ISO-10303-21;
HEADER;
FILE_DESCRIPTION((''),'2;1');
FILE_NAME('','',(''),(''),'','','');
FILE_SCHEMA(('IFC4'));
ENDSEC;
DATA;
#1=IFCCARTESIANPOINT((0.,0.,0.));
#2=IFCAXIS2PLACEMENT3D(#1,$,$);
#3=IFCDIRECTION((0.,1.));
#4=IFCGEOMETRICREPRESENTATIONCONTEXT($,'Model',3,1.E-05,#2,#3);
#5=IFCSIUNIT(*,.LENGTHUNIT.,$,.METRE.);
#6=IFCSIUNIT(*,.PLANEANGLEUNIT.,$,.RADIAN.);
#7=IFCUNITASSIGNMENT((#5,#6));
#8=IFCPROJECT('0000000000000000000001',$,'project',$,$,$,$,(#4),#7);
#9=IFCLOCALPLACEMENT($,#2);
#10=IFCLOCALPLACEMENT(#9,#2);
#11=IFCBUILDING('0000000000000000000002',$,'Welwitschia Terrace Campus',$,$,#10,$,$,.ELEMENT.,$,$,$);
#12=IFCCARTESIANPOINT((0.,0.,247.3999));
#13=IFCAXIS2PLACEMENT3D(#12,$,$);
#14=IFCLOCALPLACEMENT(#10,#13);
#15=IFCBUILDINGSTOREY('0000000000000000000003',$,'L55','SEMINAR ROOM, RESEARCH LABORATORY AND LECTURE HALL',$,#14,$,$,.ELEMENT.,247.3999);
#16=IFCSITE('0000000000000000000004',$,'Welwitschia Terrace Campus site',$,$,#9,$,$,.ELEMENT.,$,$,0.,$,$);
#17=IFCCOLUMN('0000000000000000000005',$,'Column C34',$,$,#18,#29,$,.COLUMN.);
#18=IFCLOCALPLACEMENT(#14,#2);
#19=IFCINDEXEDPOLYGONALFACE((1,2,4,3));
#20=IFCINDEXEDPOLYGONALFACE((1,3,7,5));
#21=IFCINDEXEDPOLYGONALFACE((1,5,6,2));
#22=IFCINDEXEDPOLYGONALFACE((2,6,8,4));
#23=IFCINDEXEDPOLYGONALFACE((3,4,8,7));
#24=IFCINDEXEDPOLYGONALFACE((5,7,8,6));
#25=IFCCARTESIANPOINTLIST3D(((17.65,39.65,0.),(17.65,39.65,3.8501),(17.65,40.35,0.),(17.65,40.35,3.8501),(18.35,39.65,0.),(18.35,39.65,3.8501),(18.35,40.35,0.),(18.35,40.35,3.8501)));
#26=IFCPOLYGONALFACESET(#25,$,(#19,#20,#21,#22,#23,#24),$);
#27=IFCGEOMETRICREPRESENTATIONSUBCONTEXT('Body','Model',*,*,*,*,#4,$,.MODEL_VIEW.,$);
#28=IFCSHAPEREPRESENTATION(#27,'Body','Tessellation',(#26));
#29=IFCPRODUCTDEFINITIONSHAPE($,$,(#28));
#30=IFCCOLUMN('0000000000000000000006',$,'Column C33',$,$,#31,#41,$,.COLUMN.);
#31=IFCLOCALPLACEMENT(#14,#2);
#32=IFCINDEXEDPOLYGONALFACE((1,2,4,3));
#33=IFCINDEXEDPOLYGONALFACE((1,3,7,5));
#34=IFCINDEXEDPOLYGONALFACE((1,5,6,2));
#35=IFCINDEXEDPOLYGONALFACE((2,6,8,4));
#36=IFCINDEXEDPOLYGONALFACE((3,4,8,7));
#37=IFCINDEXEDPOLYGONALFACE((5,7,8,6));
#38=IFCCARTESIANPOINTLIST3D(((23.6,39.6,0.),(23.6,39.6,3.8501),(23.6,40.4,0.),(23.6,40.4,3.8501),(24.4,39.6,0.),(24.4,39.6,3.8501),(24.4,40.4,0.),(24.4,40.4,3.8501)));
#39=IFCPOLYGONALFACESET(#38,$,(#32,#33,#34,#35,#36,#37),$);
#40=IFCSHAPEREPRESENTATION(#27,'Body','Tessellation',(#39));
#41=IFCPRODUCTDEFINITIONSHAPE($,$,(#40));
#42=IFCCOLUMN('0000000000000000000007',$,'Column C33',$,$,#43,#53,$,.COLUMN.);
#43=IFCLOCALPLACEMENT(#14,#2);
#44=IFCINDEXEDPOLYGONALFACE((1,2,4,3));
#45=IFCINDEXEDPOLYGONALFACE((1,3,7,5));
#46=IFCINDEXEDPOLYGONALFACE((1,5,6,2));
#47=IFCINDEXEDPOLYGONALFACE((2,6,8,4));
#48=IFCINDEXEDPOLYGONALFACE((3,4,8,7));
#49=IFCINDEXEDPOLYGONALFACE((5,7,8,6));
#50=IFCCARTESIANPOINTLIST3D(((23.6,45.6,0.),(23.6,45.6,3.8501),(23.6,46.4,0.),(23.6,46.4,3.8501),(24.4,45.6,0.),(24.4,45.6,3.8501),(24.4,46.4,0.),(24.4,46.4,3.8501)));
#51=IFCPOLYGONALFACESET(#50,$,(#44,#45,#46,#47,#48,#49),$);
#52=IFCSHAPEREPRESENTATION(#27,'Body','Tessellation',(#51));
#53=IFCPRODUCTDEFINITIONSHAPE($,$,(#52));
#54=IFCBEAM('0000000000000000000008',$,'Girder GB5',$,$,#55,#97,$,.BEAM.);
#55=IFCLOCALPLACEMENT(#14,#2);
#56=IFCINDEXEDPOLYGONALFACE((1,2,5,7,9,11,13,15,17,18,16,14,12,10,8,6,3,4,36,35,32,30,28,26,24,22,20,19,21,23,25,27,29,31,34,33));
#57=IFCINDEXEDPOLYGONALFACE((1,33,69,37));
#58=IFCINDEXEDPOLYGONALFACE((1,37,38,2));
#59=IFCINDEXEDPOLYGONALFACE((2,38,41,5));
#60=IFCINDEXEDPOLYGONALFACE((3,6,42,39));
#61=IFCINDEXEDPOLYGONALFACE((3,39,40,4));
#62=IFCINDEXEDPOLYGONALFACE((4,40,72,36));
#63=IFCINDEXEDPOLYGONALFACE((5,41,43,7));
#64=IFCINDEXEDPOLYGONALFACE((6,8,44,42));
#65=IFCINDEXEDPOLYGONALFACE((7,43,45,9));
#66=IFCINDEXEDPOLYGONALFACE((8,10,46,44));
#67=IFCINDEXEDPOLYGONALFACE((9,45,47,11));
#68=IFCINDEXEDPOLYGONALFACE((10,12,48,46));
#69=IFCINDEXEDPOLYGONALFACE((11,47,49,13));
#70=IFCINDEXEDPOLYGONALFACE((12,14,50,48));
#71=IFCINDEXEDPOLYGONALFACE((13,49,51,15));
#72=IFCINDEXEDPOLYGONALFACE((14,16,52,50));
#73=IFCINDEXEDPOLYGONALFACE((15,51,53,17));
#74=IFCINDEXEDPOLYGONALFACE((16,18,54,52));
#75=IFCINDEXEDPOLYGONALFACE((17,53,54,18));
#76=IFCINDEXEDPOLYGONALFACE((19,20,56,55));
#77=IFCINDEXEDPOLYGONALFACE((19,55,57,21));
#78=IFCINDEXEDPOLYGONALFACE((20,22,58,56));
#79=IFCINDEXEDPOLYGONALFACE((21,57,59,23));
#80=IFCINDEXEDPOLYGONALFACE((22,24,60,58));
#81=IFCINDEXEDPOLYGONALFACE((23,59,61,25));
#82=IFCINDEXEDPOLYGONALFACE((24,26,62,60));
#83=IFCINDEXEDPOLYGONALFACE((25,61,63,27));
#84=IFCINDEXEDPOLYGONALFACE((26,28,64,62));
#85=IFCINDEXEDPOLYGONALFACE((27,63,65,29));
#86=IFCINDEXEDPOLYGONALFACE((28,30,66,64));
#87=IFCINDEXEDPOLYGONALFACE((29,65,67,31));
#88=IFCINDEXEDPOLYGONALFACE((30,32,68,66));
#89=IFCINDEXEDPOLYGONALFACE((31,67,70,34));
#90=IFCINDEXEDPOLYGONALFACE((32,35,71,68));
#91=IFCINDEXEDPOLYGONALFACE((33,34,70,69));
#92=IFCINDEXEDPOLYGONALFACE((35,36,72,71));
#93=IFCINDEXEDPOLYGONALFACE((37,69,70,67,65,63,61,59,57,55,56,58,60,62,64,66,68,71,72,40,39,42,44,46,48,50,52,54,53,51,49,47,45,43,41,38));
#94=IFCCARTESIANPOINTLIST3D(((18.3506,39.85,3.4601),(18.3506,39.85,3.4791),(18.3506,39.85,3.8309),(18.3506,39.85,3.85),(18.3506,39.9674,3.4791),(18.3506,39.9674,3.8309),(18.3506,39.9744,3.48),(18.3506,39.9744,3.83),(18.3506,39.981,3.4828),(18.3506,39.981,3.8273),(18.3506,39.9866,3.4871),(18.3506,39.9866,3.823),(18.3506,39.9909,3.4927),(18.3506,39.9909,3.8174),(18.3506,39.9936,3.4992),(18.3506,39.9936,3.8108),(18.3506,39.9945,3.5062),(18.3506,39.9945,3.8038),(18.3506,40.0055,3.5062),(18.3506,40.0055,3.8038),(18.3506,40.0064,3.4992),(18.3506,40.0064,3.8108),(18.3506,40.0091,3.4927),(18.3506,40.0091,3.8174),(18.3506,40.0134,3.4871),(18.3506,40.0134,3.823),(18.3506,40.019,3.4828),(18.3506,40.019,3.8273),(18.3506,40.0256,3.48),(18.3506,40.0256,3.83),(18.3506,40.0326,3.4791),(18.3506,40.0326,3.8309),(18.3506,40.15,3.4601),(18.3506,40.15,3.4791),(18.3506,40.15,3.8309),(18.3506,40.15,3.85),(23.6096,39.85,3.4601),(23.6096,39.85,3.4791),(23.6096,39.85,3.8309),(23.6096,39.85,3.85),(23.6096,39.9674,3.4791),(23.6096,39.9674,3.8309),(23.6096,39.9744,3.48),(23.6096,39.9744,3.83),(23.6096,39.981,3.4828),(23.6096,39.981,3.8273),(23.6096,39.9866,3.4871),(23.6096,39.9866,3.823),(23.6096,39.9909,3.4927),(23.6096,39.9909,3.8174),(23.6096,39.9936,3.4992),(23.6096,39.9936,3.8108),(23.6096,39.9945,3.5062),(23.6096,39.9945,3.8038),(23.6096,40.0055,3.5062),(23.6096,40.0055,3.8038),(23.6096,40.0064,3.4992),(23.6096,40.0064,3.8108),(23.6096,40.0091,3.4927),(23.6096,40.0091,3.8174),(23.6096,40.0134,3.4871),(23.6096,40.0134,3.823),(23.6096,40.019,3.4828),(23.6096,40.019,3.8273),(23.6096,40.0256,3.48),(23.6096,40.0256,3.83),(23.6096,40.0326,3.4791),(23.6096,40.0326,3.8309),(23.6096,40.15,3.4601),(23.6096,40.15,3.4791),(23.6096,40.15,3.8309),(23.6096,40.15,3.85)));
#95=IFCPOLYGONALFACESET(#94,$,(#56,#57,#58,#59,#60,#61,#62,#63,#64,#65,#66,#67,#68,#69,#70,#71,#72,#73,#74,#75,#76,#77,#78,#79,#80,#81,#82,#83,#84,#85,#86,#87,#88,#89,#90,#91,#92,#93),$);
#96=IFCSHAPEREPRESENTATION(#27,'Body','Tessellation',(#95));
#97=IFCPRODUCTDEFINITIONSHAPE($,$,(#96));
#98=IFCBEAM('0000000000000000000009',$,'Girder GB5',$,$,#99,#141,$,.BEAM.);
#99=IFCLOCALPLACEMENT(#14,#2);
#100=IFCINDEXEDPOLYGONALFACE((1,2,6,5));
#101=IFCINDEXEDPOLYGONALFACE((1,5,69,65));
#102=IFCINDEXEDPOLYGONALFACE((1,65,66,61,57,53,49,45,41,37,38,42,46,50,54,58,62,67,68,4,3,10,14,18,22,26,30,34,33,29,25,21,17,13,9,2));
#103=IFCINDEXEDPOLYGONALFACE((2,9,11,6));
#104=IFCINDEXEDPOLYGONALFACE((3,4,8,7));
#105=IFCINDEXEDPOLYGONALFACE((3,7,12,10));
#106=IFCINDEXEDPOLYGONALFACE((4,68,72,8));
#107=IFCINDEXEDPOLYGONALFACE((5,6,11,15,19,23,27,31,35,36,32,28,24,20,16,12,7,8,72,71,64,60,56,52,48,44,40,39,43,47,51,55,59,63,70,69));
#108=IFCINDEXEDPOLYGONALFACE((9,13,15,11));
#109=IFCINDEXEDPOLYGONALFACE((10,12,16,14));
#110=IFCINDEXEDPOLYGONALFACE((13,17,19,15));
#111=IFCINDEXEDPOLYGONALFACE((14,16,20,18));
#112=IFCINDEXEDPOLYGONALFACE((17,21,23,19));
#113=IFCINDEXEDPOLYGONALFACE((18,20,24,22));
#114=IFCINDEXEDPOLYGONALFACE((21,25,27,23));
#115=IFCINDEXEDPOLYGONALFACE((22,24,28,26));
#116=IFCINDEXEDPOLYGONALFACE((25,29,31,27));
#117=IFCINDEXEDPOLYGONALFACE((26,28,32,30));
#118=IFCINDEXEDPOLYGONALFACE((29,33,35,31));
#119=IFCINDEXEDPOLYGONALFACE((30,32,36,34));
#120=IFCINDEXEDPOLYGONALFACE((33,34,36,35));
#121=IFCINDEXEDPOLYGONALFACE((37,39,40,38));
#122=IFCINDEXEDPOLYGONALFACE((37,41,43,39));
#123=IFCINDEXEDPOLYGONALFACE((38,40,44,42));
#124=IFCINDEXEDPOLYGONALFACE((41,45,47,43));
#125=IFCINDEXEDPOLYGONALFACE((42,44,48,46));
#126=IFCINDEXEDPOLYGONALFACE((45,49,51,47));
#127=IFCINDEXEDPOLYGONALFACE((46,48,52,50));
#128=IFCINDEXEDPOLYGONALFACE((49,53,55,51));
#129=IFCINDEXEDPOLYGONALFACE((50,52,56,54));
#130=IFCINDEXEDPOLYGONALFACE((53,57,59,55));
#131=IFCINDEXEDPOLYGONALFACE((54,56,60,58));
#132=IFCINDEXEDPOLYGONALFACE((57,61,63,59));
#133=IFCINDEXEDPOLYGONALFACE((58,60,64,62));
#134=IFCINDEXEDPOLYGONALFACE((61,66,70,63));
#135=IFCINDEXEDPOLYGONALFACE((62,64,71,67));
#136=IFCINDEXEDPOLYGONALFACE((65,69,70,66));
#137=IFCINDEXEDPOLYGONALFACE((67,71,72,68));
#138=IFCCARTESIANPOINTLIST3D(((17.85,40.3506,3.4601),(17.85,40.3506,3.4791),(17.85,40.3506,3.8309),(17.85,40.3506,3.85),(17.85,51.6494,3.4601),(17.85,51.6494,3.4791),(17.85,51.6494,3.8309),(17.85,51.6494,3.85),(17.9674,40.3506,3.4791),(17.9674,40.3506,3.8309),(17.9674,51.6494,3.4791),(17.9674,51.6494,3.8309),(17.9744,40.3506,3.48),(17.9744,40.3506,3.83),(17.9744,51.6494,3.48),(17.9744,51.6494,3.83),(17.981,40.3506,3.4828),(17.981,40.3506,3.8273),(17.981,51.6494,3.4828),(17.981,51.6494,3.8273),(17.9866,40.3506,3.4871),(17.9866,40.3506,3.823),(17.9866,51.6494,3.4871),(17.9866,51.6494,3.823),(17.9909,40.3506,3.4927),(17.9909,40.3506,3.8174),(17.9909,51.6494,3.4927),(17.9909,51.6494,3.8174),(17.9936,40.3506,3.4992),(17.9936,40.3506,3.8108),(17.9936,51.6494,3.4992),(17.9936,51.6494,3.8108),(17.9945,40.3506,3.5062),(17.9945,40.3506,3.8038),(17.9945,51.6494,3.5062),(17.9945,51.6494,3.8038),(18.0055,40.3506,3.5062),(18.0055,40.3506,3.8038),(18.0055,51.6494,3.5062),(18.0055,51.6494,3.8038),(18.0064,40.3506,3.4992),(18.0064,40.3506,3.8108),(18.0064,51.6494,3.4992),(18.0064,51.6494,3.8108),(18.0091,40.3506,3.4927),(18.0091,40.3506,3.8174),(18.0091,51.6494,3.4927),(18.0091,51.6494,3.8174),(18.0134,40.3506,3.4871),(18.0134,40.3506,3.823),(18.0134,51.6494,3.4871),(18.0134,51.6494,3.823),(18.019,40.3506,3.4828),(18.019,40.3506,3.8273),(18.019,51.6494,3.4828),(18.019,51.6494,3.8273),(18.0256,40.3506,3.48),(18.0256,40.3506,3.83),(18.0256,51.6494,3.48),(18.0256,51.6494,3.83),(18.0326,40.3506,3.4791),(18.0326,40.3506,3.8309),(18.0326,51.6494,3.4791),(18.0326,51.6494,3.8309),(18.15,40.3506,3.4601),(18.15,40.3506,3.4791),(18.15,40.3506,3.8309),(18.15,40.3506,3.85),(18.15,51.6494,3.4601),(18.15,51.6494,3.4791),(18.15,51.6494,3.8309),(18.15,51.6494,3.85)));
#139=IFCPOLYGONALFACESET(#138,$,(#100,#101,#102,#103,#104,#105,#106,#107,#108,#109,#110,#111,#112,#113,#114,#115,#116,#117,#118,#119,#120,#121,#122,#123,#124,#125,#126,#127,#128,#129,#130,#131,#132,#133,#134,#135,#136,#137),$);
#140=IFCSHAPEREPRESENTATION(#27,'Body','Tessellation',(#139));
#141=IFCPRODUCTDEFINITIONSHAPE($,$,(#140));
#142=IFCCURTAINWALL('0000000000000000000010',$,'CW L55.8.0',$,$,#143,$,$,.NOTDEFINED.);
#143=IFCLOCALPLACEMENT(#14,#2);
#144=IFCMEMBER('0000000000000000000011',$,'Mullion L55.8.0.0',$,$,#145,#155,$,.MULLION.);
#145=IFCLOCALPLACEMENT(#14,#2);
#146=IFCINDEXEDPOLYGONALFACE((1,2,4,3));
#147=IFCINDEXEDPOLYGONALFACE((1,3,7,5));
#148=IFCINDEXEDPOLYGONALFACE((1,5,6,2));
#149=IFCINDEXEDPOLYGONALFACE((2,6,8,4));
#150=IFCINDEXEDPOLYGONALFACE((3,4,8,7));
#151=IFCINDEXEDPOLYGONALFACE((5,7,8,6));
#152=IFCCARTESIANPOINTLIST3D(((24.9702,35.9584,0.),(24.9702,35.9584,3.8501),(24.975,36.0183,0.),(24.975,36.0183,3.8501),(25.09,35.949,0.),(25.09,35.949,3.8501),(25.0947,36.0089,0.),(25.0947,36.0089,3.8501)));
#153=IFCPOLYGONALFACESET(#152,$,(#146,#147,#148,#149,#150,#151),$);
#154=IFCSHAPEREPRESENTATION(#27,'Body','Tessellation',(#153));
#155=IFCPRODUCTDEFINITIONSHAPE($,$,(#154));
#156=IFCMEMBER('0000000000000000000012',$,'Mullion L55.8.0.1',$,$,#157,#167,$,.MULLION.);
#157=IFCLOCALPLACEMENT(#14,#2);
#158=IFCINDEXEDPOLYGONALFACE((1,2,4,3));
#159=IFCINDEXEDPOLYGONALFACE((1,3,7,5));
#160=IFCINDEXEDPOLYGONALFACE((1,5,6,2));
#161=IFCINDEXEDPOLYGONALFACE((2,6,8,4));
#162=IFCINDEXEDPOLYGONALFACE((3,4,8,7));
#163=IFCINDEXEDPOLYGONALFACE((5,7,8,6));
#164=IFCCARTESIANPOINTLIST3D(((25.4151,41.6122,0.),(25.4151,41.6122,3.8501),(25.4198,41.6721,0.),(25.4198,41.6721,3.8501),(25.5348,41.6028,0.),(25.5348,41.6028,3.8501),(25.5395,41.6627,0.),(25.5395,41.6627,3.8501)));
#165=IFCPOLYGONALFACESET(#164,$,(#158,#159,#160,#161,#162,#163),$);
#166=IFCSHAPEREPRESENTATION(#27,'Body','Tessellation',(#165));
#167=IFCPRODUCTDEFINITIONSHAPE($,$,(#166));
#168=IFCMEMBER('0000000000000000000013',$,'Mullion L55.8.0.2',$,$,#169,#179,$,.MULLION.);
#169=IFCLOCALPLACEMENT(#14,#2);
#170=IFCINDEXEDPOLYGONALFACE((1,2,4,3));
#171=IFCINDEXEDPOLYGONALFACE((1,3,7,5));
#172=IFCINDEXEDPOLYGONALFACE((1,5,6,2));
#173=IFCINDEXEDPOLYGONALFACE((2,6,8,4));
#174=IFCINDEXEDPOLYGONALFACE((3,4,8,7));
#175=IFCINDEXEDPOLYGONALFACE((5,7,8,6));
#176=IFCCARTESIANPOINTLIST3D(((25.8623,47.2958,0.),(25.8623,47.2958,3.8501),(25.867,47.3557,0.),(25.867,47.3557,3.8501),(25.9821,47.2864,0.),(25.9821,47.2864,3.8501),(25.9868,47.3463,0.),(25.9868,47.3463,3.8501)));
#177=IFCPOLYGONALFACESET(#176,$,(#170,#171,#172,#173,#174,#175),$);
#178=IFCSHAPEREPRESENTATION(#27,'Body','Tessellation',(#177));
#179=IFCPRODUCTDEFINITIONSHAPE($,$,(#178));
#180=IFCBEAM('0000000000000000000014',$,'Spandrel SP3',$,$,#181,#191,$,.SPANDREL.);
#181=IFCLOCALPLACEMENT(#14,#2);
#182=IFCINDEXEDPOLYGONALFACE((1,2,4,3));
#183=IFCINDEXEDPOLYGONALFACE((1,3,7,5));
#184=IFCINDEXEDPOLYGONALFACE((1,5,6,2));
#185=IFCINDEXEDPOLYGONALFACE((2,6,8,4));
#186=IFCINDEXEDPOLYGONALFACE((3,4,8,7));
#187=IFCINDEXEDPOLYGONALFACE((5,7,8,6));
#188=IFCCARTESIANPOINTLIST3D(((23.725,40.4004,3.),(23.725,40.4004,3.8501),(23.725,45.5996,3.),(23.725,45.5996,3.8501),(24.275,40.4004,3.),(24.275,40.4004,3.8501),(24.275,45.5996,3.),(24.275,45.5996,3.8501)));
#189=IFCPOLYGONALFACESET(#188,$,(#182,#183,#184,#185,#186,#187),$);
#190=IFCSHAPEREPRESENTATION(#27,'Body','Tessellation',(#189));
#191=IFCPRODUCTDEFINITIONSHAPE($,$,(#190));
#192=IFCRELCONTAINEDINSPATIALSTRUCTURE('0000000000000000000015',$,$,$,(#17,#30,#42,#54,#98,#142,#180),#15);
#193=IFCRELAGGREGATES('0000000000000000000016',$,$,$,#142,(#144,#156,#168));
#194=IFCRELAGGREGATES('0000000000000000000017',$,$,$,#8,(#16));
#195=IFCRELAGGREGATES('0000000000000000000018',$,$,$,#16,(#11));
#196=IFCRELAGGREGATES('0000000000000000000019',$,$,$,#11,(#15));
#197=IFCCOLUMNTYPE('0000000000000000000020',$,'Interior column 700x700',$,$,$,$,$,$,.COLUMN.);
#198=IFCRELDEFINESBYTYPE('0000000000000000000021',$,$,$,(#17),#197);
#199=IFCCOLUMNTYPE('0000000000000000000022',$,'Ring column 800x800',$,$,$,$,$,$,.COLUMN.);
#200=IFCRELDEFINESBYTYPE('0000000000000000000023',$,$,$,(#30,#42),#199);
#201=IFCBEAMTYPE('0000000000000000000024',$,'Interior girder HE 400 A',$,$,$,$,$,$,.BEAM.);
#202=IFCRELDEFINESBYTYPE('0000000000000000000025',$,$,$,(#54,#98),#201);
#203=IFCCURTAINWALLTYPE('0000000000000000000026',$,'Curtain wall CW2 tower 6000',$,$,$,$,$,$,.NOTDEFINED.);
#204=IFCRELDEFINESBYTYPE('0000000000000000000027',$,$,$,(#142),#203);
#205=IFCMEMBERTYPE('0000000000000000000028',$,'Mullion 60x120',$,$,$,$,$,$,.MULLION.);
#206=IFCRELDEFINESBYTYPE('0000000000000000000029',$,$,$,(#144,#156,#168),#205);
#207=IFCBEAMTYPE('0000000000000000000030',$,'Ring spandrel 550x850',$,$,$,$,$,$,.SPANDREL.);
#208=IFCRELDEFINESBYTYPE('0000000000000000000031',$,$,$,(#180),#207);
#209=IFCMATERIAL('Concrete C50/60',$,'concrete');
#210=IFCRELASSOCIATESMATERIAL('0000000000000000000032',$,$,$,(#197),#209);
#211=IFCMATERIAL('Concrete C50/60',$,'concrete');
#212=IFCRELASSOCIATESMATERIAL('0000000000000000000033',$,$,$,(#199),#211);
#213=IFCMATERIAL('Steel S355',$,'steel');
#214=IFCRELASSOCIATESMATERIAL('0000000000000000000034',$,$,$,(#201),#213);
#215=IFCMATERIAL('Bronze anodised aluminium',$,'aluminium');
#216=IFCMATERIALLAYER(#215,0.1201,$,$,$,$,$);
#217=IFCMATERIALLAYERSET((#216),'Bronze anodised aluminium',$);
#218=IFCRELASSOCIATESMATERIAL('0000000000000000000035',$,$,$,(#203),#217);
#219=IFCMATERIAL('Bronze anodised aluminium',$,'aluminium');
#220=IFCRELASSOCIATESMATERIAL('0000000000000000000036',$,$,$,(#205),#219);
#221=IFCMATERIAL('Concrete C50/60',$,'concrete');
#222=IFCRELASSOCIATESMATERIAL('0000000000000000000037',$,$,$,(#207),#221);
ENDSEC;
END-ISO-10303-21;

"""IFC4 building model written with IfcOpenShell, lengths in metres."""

from ifc_helpers import new_model, si_unit, direction, frame, origin, origin_2d, place, context, subcontext, project, spatial, rectangle, i_section, extrude, material, layer, layer_set, material_profile, profile_set, type_object, element, aggregate, save


model = new_model("IFC4")

# Units and contexts
model_context = context("Model", 3, precision=1e-05, world=origin(), true_north=direction((0.0, 1.0)))
body_context = subcontext(model_context, "Body", "Model", "MODEL_VIEW")
ifc_project = project(units=[si_unit("LENGTHUNIT", "METRE"), si_unit("PLANEANGLEUNIT", "RADIAN")], contexts=[model_context])

# Site, building, storey
site_placement = place(None, origin())
site = spatial("IfcSite", under=ifc_project, at=site_placement, Name="Welwitschia Terrace Campus site", CompositionType="ELEMENT", RefElevation=0.0)
building_placement = place(site_placement, origin())
building = spatial("IfcBuilding", under=site, at=building_placement, Name="Welwitschia Terrace Campus", CompositionType="ELEMENT")
storey_placement = place(building_placement, frame((0.0, 0.0, 247.3999)))
storey = spatial("IfcBuildingStorey", under=building, at=storey_placement, Name="L55", Description="SEMINAR ROOM, RESEARCH LABORATORY AND LECTURE HALL", CompositionType="ELEMENT", Elevation=247.3999)

# Columns
ifc_material_1 = material(Name="Concrete C50/60", Category="concrete")
ifc_material_profile_1 = material_profile(ifc_material_1, rectangle(XDim=0.7, YDim=0.7, at=origin_2d()))
ifc_profile_set_1 = profile_set([ifc_material_profile_1], Name="Concrete C50/60")
column_type_1 = type_object("IfcColumnType", Name="Interior column 700x700", PredefinedType="COLUMN", material=ifc_profile_set_1)
column_placement = place(storey_placement, frame((18.0, 40.0, 0.0), z_axis=(0.0, 0.0, 1.0), x_axis=(1.0, 0.0, 0.0)))
element("IfcColumn", 1, at=column_placement, inside=storey, type_object=column_type_1, Name="Column C34", PredefinedType="COLUMN", context=body_context, shape_type="SweptSolid", body=[
    extrude(rectangle(XDim=0.7, YDim=0.7, at=origin_2d()), origin(), (0.0, 0.0, 1.0), 3.8501),
])
ifc_material_2 = material(Name="Concrete C50/60", Category="concrete")
ifc_material_profile_2 = material_profile(ifc_material_2, rectangle(XDim=0.8, YDim=0.8, at=origin_2d()))
ifc_profile_set_2 = profile_set([ifc_material_profile_2], Name="Concrete C50/60")
column_type_2 = type_object("IfcColumnType", Name="Ring column 800x800", PredefinedType="COLUMN", material=ifc_profile_set_2)
for number, where, z_axis, x_axis, name in (
    (2, (24.0, 40.0, 0.0), (0.0, 0.0, 1.0), (1.0, 0.0, 0.0), "Column C33"),
    (3, (24.0, 46.0, 0.0), (0.0, 0.0, 1.0), (1.0, 0.0, 0.0), "Column C33"),
):
    element("IfcColumn", number, at=place(storey_placement, frame(where, z_axis=z_axis, x_axis=x_axis)), inside=storey, type_object=column_type_2, Name=name, PredefinedType="COLUMN", context=body_context, shape_type="SweptSolid", body=[
        extrude(rectangle(XDim=0.8, YDim=0.8, at=origin_2d()), origin(), (0.0, 0.0, 1.0), 3.8501),
    ])

# Beams
ifc_material_3 = material(Name="Steel S355", Category="steel")
ifc_material_profile_3 = material_profile(ifc_material_3, i_section(OverallWidth=0.3, OverallDepth=0.3899, WebThickness=0.011, FlangeThickness=0.019, FilletRadius=0.0271, at=origin_2d()))
ifc_profile_set_3 = profile_set([ifc_material_profile_3], Name="Steel S355")
beam_type_1 = type_object("IfcBeamType", Name="Interior girder HE 400 A", PredefinedType="BEAM", material=ifc_profile_set_3)
beam_1_placement = place(storey_placement, frame((18.3506, 40.0, 3.655), z_axis=(1.0, 0.0, 0.0), x_axis=(0.0, 1.0, 0.0)))
element("IfcBeam", 4, at=beam_1_placement, inside=storey, type_object=beam_type_1, Name="Girder GB5", PredefinedType="BEAM", context=body_context, shape_type="SweptSolid", body=[
    extrude(i_section(OverallWidth=0.3, OverallDepth=0.3899, WebThickness=0.011, FlangeThickness=0.019, FilletRadius=0.0271, at=origin_2d()), origin(), (0.0, 0.0, 1.0), 5.259),
])
beam_2_placement = place(storey_placement, frame((18.0, 40.3506, 3.655), z_axis=(0.0, 1.0, 0.0), x_axis=(-1.0, 0.0, 0.0)))
element("IfcBeam", 5, at=beam_2_placement, inside=storey, type_object=beam_type_1, Name="Girder GB5", PredefinedType="BEAM", context=body_context, shape_type="SweptSolid", body=[
    extrude(i_section(OverallWidth=0.3, OverallDepth=0.3899, WebThickness=0.011, FlangeThickness=0.019, FilletRadius=0.0271, at=origin_2d()), origin(), (0.0, 0.0, 1.0), 11.2988),
])

# Curtain wall, members
ifc_material_4 = material(Name="Bronze anodised aluminium", Category="aluminium")
ifc_layer_1 = layer(ifc_material_4, 0.1201)
ifc_layer_set_1 = layer_set([ifc_layer_1], Name="Bronze anodised aluminium")
curtain_wall_type = type_object("IfcCurtainWallType", Name="Curtain wall CW2 tower 6000", PredefinedType="NOTDEFINED", material=ifc_layer_set_1)
curtain_wall_placement = place(storey_placement, origin())
curtain_wall = element("IfcCurtainWall", 6, at=curtain_wall_placement, inside=storey, type_object=curtain_wall_type, Name="CW L55.8.0", PredefinedType="NOTDEFINED")
ifc_material_5 = material(Name="Bronze anodised aluminium", Category="aluminium")
ifc_material_profile_4 = material_profile(ifc_material_5, rectangle(XDim=0.1201, YDim=0.0601, at=origin_2d()))
ifc_profile_set_4 = profile_set([ifc_material_profile_4], Name="Bronze anodised aluminium")
member_type_1 = type_object("IfcMemberType", Name="Mullion 60x120", PredefinedType="MULLION", material=ifc_profile_set_4)
member_1_placement = place(storey_placement, frame((25.0325, 35.9836, 0.0), z_axis=(0.0, 0.0, 1.0), x_axis=(-0.996917, 0.078459, 0.0)))
member_1 = element("IfcMember", 7, at=member_1_placement, type_object=member_type_1, Name="Mullion L55.8.0.0", PredefinedType="MULLION", context=body_context, shape_type="SweptSolid", body=[
    extrude(rectangle(XDim=0.1201, YDim=0.0601, at=origin_2d()), origin(), (0.0, 0.0, 1.0), 3.8501),
])
member_2_placement = place(storey_placement, frame((25.4773, 41.6375, 0.0), z_axis=(0.0, 0.0, 1.0), x_axis=(-0.996917, 0.078459, 0.0)))
member_2 = element("IfcMember", 8, at=member_2_placement, type_object=member_type_1, Name="Mullion L55.8.0.1", PredefinedType="MULLION", context=body_context, shape_type="SweptSolid", body=[
    extrude(rectangle(XDim=0.1201, YDim=0.0601, at=origin_2d()), origin(), (0.0, 0.0, 1.0), 3.8501),
])
member_3_placement = place(storey_placement, frame((25.9246, 47.321, 0.0), z_axis=(0.0, 0.0, 1.0), x_axis=(-0.996917, 0.078459, 0.0)))
member_3 = element("IfcMember", 9, at=member_3_placement, type_object=member_type_1, Name="Mullion L55.8.0.2", PredefinedType="MULLION", context=body_context, shape_type="SweptSolid", body=[
    extrude(rectangle(XDim=0.1201, YDim=0.0601, at=origin_2d()), origin(), (0.0, 0.0, 1.0), 3.8501),
])

# Beam
ifc_material_6 = material(Name="Concrete C50/60", Category="concrete")
ifc_material_profile_5 = material_profile(ifc_material_6, rectangle(XDim=0.55, YDim=0.8501, at=origin_2d()))
ifc_profile_set_5 = profile_set([ifc_material_profile_5], Name="Concrete C50/60")
beam_type_2 = type_object("IfcBeamType", Name="Ring spandrel 550x850", PredefinedType="SPANDREL", material=ifc_profile_set_5)
for number, where, z_axis, x_axis, name in (
    (10, (24.0, 40.4004, 3.425), (0.0, 1.0, 0.0), (-1.0, 0.0, 0.0), "Spandrel SP3"),
):
    element("IfcBeam", number, at=place(storey_placement, frame(where, z_axis=z_axis, x_axis=x_axis)), inside=storey, type_object=beam_type_2, Name=name, PredefinedType="SPANDREL", context=body_context, shape_type="SweptSolid", body=[
        extrude(rectangle(XDim=0.55, YDim=0.8501, at=origin_2d()), origin(), (0.0, 0.0, 1.0), 5.1992),
    ])

aggregate(curtain_wall, [member_1, member_2, member_3])

save(model, "model.ifc")
